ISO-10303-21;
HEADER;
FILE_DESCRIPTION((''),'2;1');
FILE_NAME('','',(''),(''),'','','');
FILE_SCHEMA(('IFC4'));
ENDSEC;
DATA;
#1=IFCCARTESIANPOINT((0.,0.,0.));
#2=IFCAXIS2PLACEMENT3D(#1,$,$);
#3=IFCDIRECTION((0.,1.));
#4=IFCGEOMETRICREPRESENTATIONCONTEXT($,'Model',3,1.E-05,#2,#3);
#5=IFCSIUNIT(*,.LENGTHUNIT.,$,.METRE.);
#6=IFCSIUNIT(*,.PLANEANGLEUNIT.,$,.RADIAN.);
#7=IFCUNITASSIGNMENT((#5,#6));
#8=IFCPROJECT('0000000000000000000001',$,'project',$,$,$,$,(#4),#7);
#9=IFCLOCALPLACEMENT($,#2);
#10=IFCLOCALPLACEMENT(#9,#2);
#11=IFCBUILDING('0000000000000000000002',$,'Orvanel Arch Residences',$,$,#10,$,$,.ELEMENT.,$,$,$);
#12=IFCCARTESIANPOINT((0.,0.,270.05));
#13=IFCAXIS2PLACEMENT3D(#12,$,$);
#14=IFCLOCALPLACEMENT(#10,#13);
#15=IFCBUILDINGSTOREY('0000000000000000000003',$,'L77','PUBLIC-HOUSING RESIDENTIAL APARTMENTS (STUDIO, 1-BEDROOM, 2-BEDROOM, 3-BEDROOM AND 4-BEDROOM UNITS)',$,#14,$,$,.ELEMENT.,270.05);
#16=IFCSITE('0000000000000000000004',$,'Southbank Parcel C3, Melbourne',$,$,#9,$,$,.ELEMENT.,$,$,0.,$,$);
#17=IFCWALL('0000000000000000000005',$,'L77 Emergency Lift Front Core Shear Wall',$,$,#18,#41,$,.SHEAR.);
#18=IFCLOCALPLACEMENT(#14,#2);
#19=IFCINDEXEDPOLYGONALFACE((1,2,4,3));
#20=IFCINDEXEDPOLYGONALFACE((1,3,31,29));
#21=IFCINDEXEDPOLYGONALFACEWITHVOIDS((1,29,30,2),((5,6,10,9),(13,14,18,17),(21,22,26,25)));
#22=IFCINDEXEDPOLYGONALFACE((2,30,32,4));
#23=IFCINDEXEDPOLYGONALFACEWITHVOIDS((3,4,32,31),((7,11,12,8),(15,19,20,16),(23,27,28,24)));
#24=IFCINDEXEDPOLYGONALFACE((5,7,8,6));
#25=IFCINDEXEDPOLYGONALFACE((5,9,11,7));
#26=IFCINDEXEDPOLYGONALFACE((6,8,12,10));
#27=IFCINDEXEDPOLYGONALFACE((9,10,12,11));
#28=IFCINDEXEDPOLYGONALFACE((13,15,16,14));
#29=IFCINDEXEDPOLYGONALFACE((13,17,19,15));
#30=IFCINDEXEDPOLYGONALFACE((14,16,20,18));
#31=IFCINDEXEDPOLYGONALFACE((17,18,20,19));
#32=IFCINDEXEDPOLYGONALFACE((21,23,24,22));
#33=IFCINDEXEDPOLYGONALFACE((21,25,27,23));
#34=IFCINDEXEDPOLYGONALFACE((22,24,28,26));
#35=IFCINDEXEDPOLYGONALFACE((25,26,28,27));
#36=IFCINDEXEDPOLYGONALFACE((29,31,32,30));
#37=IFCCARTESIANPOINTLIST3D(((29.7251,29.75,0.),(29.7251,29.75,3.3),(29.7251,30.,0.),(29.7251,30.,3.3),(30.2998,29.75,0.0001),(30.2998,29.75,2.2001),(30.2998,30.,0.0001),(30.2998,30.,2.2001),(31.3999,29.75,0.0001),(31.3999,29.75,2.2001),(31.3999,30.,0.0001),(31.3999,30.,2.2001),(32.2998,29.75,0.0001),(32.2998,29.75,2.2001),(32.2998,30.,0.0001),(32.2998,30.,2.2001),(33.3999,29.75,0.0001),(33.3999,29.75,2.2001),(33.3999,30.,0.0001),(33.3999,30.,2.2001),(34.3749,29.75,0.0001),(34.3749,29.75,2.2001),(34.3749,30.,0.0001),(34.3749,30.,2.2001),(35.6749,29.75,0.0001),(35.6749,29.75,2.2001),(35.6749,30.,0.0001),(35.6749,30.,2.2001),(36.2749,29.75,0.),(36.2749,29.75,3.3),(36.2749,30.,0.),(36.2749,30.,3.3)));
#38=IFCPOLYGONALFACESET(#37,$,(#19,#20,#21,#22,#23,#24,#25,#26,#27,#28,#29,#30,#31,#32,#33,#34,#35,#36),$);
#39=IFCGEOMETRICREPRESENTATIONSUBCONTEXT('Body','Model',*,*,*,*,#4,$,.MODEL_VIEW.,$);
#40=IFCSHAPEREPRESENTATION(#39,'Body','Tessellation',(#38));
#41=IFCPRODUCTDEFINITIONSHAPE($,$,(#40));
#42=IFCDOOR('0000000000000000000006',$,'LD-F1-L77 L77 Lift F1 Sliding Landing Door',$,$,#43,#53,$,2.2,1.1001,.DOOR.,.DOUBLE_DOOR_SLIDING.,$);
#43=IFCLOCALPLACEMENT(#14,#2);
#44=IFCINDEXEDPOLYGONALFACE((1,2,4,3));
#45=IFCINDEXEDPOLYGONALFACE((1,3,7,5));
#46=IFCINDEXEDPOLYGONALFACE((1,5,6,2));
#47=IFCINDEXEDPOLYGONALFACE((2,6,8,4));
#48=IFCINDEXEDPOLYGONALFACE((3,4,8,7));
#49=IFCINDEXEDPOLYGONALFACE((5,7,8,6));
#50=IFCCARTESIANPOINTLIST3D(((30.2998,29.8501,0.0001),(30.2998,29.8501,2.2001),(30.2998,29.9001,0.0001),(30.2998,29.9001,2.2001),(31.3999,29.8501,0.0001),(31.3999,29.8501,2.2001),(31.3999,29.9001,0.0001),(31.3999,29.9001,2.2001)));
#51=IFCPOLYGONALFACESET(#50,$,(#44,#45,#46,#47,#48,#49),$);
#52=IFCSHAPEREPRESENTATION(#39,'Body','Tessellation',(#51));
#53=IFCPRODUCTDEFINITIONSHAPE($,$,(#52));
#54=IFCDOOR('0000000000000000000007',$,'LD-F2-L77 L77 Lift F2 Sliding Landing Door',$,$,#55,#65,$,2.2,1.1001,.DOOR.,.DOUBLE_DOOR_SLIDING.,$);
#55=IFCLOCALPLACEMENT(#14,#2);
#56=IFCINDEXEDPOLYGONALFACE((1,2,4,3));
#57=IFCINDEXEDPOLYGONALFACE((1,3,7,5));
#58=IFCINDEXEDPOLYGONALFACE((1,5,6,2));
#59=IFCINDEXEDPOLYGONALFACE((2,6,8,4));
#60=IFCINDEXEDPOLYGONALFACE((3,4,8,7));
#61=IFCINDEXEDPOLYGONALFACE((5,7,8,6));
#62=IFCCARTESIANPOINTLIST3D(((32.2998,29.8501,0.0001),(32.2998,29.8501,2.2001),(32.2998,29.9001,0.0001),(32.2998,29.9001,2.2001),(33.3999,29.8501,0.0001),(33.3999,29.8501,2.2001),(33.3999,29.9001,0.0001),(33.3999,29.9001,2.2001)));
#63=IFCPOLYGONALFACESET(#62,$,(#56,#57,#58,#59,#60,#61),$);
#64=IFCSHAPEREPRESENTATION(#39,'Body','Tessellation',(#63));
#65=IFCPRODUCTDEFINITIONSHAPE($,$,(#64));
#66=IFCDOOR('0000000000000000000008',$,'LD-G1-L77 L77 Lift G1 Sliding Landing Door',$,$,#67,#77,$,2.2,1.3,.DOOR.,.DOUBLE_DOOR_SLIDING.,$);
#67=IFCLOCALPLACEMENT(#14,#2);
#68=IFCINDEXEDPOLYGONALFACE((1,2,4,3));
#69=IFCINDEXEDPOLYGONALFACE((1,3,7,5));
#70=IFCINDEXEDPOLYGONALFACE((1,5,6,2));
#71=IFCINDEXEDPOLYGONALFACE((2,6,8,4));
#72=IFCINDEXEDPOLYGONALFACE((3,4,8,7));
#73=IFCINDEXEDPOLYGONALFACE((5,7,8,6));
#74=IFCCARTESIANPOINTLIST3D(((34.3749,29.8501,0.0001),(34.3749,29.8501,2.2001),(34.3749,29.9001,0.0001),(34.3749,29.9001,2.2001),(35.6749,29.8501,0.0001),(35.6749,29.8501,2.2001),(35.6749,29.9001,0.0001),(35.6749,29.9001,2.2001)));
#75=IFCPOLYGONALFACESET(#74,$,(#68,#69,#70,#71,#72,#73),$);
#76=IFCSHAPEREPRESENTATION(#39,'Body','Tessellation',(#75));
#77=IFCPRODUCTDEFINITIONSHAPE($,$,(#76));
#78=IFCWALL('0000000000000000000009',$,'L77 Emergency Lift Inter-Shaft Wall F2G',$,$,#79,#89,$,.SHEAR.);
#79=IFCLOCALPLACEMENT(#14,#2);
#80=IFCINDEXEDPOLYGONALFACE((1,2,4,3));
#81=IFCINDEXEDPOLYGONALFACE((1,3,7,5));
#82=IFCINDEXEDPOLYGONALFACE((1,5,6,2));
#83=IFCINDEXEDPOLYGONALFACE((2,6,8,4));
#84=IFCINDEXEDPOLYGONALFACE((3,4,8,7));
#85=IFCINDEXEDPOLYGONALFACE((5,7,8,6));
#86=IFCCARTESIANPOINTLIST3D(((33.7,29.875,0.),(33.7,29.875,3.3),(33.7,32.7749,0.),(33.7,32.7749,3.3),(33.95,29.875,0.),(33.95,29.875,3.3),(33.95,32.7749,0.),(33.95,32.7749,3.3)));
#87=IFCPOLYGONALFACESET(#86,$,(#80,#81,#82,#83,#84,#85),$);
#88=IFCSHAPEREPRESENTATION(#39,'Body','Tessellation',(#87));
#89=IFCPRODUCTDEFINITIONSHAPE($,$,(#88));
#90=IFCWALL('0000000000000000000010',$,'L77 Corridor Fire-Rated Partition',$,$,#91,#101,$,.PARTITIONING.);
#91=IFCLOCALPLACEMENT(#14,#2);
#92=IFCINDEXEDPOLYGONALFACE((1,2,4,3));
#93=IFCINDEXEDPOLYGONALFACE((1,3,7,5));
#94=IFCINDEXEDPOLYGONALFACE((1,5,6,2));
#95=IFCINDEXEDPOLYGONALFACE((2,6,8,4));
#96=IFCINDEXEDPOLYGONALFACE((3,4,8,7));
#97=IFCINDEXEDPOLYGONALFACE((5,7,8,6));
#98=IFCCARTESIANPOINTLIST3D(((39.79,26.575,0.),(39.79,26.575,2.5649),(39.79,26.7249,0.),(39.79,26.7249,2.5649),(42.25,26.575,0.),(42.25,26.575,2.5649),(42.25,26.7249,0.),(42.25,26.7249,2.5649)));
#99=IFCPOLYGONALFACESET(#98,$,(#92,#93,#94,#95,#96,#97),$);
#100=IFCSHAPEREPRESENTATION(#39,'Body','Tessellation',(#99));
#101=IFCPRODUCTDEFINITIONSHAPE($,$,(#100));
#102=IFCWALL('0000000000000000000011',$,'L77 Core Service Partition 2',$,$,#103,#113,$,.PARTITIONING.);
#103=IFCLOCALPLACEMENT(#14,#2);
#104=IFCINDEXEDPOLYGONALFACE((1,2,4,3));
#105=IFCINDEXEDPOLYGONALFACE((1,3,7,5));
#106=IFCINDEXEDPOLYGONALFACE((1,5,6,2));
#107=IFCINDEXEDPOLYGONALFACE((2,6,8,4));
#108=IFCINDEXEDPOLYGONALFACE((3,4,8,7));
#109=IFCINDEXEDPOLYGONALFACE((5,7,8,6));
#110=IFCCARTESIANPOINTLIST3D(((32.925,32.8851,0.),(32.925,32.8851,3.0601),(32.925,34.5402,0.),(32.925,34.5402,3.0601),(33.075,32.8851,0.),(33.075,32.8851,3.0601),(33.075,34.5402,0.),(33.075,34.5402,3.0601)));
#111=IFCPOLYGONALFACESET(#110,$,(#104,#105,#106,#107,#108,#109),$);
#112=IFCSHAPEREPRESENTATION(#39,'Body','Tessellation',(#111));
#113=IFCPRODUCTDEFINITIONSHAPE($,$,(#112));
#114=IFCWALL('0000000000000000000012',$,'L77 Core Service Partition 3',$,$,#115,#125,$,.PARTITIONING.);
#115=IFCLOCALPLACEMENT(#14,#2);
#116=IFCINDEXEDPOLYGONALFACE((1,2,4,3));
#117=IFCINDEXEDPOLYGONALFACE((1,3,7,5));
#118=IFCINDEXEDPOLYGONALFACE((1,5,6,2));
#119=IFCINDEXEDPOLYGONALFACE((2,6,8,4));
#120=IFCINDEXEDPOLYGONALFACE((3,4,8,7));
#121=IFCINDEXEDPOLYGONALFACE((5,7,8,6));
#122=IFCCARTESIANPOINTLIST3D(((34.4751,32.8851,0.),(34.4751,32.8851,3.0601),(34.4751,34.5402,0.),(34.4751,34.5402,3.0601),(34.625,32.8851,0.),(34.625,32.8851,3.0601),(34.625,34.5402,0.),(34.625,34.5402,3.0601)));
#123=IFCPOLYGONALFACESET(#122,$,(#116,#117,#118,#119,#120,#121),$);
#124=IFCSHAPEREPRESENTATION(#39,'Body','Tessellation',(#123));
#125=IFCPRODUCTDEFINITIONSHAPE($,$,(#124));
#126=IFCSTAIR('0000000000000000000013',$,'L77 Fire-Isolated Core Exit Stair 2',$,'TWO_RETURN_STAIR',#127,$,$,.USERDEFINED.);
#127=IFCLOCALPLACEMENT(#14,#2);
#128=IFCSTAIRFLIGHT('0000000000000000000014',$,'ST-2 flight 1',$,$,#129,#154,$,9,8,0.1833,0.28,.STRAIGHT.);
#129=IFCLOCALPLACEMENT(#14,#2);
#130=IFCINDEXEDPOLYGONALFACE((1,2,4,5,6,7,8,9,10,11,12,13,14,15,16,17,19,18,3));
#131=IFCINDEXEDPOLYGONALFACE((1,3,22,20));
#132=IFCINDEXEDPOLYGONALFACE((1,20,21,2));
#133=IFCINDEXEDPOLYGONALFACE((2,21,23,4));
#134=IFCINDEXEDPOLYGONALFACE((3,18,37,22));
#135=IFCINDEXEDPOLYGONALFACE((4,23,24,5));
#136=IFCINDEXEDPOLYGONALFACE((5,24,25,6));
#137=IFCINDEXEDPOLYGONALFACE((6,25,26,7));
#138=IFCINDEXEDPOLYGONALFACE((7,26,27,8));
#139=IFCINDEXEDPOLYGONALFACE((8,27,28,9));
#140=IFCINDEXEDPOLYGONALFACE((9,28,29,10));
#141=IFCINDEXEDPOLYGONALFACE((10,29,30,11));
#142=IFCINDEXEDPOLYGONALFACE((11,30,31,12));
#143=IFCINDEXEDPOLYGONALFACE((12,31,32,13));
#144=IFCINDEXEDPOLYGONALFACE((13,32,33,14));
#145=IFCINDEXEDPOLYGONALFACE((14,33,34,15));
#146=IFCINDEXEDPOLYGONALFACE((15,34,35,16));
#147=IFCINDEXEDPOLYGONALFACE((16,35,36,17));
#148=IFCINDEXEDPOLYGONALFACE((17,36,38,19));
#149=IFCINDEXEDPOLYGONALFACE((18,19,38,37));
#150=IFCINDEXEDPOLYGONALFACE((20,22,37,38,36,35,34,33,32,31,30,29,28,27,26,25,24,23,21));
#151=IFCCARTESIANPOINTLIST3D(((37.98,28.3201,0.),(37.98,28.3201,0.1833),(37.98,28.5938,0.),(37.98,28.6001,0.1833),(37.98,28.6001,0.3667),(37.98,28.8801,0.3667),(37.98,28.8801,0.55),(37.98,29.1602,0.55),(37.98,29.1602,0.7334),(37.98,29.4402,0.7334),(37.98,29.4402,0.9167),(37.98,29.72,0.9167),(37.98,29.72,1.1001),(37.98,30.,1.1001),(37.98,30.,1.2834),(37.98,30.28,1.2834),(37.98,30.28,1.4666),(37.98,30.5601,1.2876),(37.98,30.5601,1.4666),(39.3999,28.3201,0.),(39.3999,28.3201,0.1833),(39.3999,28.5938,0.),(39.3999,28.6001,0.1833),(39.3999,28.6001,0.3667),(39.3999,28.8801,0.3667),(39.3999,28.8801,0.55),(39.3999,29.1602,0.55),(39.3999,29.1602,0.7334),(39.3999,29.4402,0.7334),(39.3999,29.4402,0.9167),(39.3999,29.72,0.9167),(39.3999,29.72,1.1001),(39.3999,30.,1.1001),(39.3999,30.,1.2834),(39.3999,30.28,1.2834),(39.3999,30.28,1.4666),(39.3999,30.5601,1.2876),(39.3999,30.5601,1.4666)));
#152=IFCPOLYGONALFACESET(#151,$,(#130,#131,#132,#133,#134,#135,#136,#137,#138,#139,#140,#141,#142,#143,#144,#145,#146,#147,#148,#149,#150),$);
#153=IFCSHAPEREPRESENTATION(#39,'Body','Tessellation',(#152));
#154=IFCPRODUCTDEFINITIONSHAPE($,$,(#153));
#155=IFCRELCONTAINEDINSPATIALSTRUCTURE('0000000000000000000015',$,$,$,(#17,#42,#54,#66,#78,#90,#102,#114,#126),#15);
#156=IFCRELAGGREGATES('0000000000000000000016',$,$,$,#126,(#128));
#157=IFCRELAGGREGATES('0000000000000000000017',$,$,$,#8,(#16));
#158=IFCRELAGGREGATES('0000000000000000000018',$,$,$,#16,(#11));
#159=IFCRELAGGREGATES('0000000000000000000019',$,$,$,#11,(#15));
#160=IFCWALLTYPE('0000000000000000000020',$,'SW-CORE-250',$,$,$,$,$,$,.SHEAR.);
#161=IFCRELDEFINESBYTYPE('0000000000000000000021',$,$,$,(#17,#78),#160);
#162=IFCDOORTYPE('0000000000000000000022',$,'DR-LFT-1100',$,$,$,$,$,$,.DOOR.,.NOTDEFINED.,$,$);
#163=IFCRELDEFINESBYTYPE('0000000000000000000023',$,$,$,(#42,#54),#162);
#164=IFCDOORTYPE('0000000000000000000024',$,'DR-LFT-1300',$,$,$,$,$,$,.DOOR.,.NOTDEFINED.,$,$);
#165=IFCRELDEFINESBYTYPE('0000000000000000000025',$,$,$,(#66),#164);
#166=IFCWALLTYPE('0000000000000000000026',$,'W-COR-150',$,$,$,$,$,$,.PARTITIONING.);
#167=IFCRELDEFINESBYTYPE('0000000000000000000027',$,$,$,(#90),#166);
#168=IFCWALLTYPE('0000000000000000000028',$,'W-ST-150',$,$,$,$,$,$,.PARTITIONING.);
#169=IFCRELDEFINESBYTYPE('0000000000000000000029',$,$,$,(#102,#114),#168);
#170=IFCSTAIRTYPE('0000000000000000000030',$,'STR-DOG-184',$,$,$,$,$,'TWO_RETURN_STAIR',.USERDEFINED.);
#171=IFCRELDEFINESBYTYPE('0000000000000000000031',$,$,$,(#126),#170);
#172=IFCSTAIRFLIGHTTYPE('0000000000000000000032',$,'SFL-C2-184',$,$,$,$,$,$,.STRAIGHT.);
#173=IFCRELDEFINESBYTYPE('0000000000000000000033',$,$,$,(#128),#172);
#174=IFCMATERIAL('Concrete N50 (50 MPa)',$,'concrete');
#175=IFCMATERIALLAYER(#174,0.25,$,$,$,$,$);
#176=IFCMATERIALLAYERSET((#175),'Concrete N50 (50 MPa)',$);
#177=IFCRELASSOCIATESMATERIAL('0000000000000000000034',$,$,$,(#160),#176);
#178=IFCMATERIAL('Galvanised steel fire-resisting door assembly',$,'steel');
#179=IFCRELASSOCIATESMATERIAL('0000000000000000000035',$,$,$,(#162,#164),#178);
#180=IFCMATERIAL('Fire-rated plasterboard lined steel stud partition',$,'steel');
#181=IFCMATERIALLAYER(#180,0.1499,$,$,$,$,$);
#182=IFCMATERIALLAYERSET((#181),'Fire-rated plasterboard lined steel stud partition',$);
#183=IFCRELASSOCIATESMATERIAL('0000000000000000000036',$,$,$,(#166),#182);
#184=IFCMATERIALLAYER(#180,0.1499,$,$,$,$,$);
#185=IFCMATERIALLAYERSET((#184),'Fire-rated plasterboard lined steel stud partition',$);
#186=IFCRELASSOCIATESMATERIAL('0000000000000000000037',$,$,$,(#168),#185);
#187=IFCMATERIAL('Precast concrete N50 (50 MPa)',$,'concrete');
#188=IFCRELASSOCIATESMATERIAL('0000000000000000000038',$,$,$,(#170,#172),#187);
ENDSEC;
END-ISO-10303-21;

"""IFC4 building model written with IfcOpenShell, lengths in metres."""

from ifc_helpers import new_model, si_unit, direction, frame, frame_2d, origin, place, context, subcontext, project, spatial, polyline, rectangle, outline, extrude, material, layer, layer_set, type_object, element, fill, aggregate, save


model = new_model("IFC4")

# Units and contexts
model_context = context("Model", 3, precision=1e-05, world=origin(), true_north=direction((0.0, 1.0)))
body_context = subcontext(model_context, "Body", "Model", "MODEL_VIEW")
ifc_project = project(units=[si_unit("LENGTHUNIT", "METRE"), si_unit("PLANEANGLEUNIT", "RADIAN")], contexts=[model_context])

# Site, building, storey
site_placement = place(None, origin())
site = spatial("IfcSite", under=ifc_project, at=site_placement, Name="Southbank Parcel C3, Melbourne", CompositionType="ELEMENT", RefElevation=0.0)
building_placement = place(site_placement, origin())
building = spatial("IfcBuilding", under=site, at=building_placement, Name="Orvanel Arch Residences", CompositionType="ELEMENT")
storey_placement = place(building_placement, frame((0.0, 0.0, 270.05)))
storey = spatial("IfcBuildingStorey", under=building, at=storey_placement, Name="L77", Description="PUBLIC-HOUSING RESIDENTIAL APARTMENTS (STUDIO, 1-BEDROOM, 2-BEDROOM, 3-BEDROOM AND 4-BEDROOM UNITS)", CompositionType="ELEMENT", Elevation=270.05)

# Wall, openings, doors
ifc_material_1 = material(Name="Concrete N50 (50 MPa)", Category="concrete")
ifc_layer_1 = layer(ifc_material_1, 0.25)
ifc_layer_set_1 = layer_set([ifc_layer_1], Name="Concrete N50 (50 MPa)")
wall_type_1 = type_object("IfcWallType", Name="SW-CORE-250", PredefinedType="SHEAR", material=ifc_layer_set_1)
wall_1_placement = place(storey_placement, frame((36.2749, 29.875, 0.0), z_axis=(0.0, 0.0, 1.0), x_axis=(-1.0, 0.0, 0.0)))
wall_1 = element("IfcWall", 1, at=wall_1_placement, inside=storey, type_object=wall_type_1, Name="L77 Emergency Lift Front Core Shear Wall", PredefinedType="SHEAR", context=body_context, shape_type="SweptSolid", body=[
    extrude(rectangle(XDim=6.5498, YDim=0.25, at=frame_2d((3.2749, 0.0))), origin(), (0.0, 0.0, 1.0), 3.3),
])
opening_1_placement = place(wall_1_placement, frame((4.875, 0.0, 0.0)))
opening_1 = element("IfcOpeningElement", 2, at=opening_1_placement, cuts=wall_1, PredefinedType="OPENING", context=body_context, shape_type="SweptSolid", body=[
    extrude(rectangle(XDim=1.1001, YDim=2.2, at=frame_2d((0.55, 1.1001))), frame((0.0, 0.135, 0.0), z_axis=(0.0, -1.0, 0.0), x_axis=(1.0, 0.0, 0.0)), (0.0, 0.0, 1.0), 0.27),
])
opening_2_placement = place(wall_1_placement, frame((2.875, 0.0, 0.0)))
opening_2 = element("IfcOpeningElement", 3, at=opening_2_placement, cuts=wall_1, PredefinedType="OPENING", context=body_context, shape_type="SweptSolid", body=[
    extrude(rectangle(XDim=1.1001, YDim=2.2, at=frame_2d((0.55, 1.1001))), frame((0.0, 0.135, 0.0), z_axis=(0.0, -1.0, 0.0), x_axis=(1.0, 0.0, 0.0)), (0.0, 0.0, 1.0), 0.27),
])
opening_3_placement = place(wall_1_placement, frame((0.6001, 0.0, 0.0)))
opening_3 = element("IfcOpeningElement", 4, at=opening_3_placement, cuts=wall_1, PredefinedType="OPENING", context=body_context, shape_type="SweptSolid", body=[
    extrude(rectangle(XDim=1.3, YDim=2.2, at=frame_2d((0.6499, 1.1001))), frame((0.0, 0.135, 0.0), z_axis=(0.0, -1.0, 0.0), x_axis=(1.0, 0.0, 0.0)), (0.0, 0.0, 1.0), 0.27),
])
ifc_material_2 = material(Name="Galvanised steel fire-resisting door assembly", Category="steel")
door_type_1 = type_object("IfcDoorType", Name="DR-LFT-1100", OperationType="NOTDEFINED", PredefinedType="DOOR", material=ifc_material_2)
door_1_placement = place(opening_1_placement, origin())
door_1 = element("IfcDoor", 5, at=door_1_placement, inside=storey, type_object=door_type_1, Name="LD-F1-L77 L77 Lift F1 Sliding Landing Door", OperationType="DOUBLE_DOOR_SLIDING", OverallHeight=2.2, OverallWidth=1.1001, PredefinedType="DOOR", context=body_context, shape_type="SweptSolid", body=[
    extrude(rectangle(XDim=1.1001, YDim=2.2, at=frame_2d((0.55, 1.1001))), frame((0.0, 0.0249, 0.0), z_axis=(0.0, -1.0, 0.0), x_axis=(1.0, 0.0, 0.0)), (0.0, 0.0, 1.0), 0.05),
])
fill(opening_1, door_1)
door_2_placement = place(opening_2_placement, origin())
door_2 = element("IfcDoor", 6, at=door_2_placement, inside=storey, type_object=door_type_1, Name="LD-F2-L77 L77 Lift F2 Sliding Landing Door", OperationType="DOUBLE_DOOR_SLIDING", OverallHeight=2.2, OverallWidth=1.1001, PredefinedType="DOOR", context=body_context, shape_type="SweptSolid", body=[
    extrude(rectangle(XDim=1.1001, YDim=2.2, at=frame_2d((0.55, 1.1001))), frame((0.0, 0.0249, 0.0), z_axis=(0.0, -1.0, 0.0), x_axis=(1.0, 0.0, 0.0)), (0.0, 0.0, 1.0), 0.05),
])
fill(opening_2, door_2)
door_type_2 = type_object("IfcDoorType", Name="DR-LFT-1300", OperationType="NOTDEFINED", PredefinedType="DOOR", material=ifc_material_2)
door_3_placement = place(opening_3_placement, origin())
door_3 = element("IfcDoor", 7, at=door_3_placement, inside=storey, type_object=door_type_2, Name="LD-G1-L77 L77 Lift G1 Sliding Landing Door", OperationType="DOUBLE_DOOR_SLIDING", OverallHeight=2.2, OverallWidth=1.3, PredefinedType="DOOR", context=body_context, shape_type="SweptSolid", body=[
    extrude(rectangle(XDim=1.3, YDim=2.2, at=frame_2d((0.6499, 1.1001))), frame((0.0, 0.0249, 0.0), z_axis=(0.0, -1.0, 0.0), x_axis=(1.0, 0.0, 0.0)), (0.0, 0.0, 1.0), 0.05),
])
fill(opening_3, door_3)

# Walls
wall_2_placement = place(storey_placement, frame((33.825, 29.875, 0.0), z_axis=(0.0, 0.0, 1.0), x_axis=(0.0, 1.0, 0.0)))
element("IfcWall", 8, at=wall_2_placement, inside=storey, type_object=wall_type_1, Name="L77 Emergency Lift Inter-Shaft Wall F2G", PredefinedType="SHEAR", context=body_context, shape_type="SweptSolid", body=[
    extrude(rectangle(XDim=2.8999, YDim=0.25, at=frame_2d((1.45, 0.0))), origin(), (0.0, 0.0, 1.0), 3.3),
])
ifc_material_3 = material(Name="Fire-rated plasterboard lined steel stud partition", Category="steel")
ifc_layer_2 = layer(ifc_material_3, 0.1499)
ifc_layer_set_2 = layer_set([ifc_layer_2], Name="Fire-rated plasterboard lined steel stud partition")
wall_type_2 = type_object("IfcWallType", Name="W-COR-150", PredefinedType="PARTITIONING", material=ifc_layer_set_2)
wall_3_placement = place(storey_placement, frame((39.79, 26.6499, 0.0), z_axis=(0.0, 0.0, 1.0), x_axis=(1.0, 0.0, 0.0)))
element("IfcWall", 9, at=wall_3_placement, inside=storey, type_object=wall_type_2, Name="L77 Corridor Fire-Rated Partition", PredefinedType="PARTITIONING", context=body_context, shape_type="SweptSolid", body=[
    extrude(rectangle(XDim=2.46, YDim=0.1499, at=frame_2d((1.23, 0.0))), origin(), (0.0, 0.0, 1.0), 2.5649),
])
ifc_layer_3 = layer(ifc_material_3, 0.1499)
ifc_layer_set_3 = layer_set([ifc_layer_3], Name="Fire-rated plasterboard lined steel stud partition")
wall_type_3 = type_object("IfcWallType", Name="W-ST-150", PredefinedType="PARTITIONING", material=ifc_layer_set_3)
for number, where, z_axis, x_axis, name in (
    (10, (33.0, 32.885, 0.0), (0.0, 0.0, 1.0), (0.0, 1.0, 0.0), "L77 Core Service Partition 2"),
    (11, (34.55, 32.885, 0.0), (0.0, 0.0, 1.0), (0.0, 1.0, 0.0), "L77 Core Service Partition 3"),
):
    element("IfcWall", number, at=place(storey_placement, frame(where, z_axis=z_axis, x_axis=x_axis)), inside=storey, type_object=wall_type_3, Name=name, PredefinedType="PARTITIONING", context=body_context, shape_type="SweptSolid", body=[
        extrude(rectangle(XDim=1.655, YDim=0.1499, at=frame_2d((0.8276, 0.0))), origin(), (0.0, 0.0, 1.0), 3.0601),
    ])

# Stair, stair flight
ifc_material_4 = material(Name="Precast concrete N50 (50 MPa)", Category="concrete")
stair_type = type_object("IfcStairType", Name="STR-DOG-184", ElementType="TWO_RETURN_STAIR", PredefinedType="USERDEFINED", material=ifc_material_4)
stair_placement = place(storey_placement, origin())
stair = element("IfcStair", 12, at=stair_placement, inside=storey, type_object=stair_type, Name="L77 Fire-Isolated Core Exit Stair 2", ObjectType="TWO_RETURN_STAIR", PredefinedType="USERDEFINED")
stair_flight_type = type_object("IfcStairFlightType", Name="SFL-C2-184", PredefinedType="STRAIGHT", material=ifc_material_4)
stair_flight_1_placement = place(storey_placement, frame((38.6899, 28.3201, 0.0), z_axis=(0.0, 0.0, 1.0), x_axis=(0.0, 1.0, 0.0)))
stair_flight_1 = element("IfcStairFlight", 13, at=stair_flight_1_placement, type_object=stair_flight_type, Name="ST-2 flight 1", NumberOfRisers=9, NumberOfTreads=8, PredefinedType="STRAIGHT", RiserHeight=0.1833, TreadLength=0.28, context=body_context, shape_type="SweptSolid", body=[
    extrude(outline(polyline([(0.0, 0.0), (0.0, 0.1833), (0.28, 0.1833), (0.28, 0.3667), (0.5601, 0.3667), (0.5601, 0.55), (0.8401, 0.55), (0.8401, 0.7334), (1.1201, 0.7334), (1.1201, 0.9167), (1.3999, 0.9167), (1.3999, 1.1001), (1.6799, 1.1001), (1.6799, 1.2834), (1.96, 1.2834), (1.96, 1.4666), (2.24, 1.4666), (2.24, 1.6499), (2.24, 1.2876), (0.2737, 0.0), (0.0, 0.0)])), frame((0.0, 0.71, 0.0), z_axis=(0.0, -1.0, 0.0), x_axis=(1.0, 0.0, 0.0)), (0.0, 0.0, 1.0), 1.4199),
])
aggregate(stair, [stair_flight_1])

save(model, "model.ifc")
